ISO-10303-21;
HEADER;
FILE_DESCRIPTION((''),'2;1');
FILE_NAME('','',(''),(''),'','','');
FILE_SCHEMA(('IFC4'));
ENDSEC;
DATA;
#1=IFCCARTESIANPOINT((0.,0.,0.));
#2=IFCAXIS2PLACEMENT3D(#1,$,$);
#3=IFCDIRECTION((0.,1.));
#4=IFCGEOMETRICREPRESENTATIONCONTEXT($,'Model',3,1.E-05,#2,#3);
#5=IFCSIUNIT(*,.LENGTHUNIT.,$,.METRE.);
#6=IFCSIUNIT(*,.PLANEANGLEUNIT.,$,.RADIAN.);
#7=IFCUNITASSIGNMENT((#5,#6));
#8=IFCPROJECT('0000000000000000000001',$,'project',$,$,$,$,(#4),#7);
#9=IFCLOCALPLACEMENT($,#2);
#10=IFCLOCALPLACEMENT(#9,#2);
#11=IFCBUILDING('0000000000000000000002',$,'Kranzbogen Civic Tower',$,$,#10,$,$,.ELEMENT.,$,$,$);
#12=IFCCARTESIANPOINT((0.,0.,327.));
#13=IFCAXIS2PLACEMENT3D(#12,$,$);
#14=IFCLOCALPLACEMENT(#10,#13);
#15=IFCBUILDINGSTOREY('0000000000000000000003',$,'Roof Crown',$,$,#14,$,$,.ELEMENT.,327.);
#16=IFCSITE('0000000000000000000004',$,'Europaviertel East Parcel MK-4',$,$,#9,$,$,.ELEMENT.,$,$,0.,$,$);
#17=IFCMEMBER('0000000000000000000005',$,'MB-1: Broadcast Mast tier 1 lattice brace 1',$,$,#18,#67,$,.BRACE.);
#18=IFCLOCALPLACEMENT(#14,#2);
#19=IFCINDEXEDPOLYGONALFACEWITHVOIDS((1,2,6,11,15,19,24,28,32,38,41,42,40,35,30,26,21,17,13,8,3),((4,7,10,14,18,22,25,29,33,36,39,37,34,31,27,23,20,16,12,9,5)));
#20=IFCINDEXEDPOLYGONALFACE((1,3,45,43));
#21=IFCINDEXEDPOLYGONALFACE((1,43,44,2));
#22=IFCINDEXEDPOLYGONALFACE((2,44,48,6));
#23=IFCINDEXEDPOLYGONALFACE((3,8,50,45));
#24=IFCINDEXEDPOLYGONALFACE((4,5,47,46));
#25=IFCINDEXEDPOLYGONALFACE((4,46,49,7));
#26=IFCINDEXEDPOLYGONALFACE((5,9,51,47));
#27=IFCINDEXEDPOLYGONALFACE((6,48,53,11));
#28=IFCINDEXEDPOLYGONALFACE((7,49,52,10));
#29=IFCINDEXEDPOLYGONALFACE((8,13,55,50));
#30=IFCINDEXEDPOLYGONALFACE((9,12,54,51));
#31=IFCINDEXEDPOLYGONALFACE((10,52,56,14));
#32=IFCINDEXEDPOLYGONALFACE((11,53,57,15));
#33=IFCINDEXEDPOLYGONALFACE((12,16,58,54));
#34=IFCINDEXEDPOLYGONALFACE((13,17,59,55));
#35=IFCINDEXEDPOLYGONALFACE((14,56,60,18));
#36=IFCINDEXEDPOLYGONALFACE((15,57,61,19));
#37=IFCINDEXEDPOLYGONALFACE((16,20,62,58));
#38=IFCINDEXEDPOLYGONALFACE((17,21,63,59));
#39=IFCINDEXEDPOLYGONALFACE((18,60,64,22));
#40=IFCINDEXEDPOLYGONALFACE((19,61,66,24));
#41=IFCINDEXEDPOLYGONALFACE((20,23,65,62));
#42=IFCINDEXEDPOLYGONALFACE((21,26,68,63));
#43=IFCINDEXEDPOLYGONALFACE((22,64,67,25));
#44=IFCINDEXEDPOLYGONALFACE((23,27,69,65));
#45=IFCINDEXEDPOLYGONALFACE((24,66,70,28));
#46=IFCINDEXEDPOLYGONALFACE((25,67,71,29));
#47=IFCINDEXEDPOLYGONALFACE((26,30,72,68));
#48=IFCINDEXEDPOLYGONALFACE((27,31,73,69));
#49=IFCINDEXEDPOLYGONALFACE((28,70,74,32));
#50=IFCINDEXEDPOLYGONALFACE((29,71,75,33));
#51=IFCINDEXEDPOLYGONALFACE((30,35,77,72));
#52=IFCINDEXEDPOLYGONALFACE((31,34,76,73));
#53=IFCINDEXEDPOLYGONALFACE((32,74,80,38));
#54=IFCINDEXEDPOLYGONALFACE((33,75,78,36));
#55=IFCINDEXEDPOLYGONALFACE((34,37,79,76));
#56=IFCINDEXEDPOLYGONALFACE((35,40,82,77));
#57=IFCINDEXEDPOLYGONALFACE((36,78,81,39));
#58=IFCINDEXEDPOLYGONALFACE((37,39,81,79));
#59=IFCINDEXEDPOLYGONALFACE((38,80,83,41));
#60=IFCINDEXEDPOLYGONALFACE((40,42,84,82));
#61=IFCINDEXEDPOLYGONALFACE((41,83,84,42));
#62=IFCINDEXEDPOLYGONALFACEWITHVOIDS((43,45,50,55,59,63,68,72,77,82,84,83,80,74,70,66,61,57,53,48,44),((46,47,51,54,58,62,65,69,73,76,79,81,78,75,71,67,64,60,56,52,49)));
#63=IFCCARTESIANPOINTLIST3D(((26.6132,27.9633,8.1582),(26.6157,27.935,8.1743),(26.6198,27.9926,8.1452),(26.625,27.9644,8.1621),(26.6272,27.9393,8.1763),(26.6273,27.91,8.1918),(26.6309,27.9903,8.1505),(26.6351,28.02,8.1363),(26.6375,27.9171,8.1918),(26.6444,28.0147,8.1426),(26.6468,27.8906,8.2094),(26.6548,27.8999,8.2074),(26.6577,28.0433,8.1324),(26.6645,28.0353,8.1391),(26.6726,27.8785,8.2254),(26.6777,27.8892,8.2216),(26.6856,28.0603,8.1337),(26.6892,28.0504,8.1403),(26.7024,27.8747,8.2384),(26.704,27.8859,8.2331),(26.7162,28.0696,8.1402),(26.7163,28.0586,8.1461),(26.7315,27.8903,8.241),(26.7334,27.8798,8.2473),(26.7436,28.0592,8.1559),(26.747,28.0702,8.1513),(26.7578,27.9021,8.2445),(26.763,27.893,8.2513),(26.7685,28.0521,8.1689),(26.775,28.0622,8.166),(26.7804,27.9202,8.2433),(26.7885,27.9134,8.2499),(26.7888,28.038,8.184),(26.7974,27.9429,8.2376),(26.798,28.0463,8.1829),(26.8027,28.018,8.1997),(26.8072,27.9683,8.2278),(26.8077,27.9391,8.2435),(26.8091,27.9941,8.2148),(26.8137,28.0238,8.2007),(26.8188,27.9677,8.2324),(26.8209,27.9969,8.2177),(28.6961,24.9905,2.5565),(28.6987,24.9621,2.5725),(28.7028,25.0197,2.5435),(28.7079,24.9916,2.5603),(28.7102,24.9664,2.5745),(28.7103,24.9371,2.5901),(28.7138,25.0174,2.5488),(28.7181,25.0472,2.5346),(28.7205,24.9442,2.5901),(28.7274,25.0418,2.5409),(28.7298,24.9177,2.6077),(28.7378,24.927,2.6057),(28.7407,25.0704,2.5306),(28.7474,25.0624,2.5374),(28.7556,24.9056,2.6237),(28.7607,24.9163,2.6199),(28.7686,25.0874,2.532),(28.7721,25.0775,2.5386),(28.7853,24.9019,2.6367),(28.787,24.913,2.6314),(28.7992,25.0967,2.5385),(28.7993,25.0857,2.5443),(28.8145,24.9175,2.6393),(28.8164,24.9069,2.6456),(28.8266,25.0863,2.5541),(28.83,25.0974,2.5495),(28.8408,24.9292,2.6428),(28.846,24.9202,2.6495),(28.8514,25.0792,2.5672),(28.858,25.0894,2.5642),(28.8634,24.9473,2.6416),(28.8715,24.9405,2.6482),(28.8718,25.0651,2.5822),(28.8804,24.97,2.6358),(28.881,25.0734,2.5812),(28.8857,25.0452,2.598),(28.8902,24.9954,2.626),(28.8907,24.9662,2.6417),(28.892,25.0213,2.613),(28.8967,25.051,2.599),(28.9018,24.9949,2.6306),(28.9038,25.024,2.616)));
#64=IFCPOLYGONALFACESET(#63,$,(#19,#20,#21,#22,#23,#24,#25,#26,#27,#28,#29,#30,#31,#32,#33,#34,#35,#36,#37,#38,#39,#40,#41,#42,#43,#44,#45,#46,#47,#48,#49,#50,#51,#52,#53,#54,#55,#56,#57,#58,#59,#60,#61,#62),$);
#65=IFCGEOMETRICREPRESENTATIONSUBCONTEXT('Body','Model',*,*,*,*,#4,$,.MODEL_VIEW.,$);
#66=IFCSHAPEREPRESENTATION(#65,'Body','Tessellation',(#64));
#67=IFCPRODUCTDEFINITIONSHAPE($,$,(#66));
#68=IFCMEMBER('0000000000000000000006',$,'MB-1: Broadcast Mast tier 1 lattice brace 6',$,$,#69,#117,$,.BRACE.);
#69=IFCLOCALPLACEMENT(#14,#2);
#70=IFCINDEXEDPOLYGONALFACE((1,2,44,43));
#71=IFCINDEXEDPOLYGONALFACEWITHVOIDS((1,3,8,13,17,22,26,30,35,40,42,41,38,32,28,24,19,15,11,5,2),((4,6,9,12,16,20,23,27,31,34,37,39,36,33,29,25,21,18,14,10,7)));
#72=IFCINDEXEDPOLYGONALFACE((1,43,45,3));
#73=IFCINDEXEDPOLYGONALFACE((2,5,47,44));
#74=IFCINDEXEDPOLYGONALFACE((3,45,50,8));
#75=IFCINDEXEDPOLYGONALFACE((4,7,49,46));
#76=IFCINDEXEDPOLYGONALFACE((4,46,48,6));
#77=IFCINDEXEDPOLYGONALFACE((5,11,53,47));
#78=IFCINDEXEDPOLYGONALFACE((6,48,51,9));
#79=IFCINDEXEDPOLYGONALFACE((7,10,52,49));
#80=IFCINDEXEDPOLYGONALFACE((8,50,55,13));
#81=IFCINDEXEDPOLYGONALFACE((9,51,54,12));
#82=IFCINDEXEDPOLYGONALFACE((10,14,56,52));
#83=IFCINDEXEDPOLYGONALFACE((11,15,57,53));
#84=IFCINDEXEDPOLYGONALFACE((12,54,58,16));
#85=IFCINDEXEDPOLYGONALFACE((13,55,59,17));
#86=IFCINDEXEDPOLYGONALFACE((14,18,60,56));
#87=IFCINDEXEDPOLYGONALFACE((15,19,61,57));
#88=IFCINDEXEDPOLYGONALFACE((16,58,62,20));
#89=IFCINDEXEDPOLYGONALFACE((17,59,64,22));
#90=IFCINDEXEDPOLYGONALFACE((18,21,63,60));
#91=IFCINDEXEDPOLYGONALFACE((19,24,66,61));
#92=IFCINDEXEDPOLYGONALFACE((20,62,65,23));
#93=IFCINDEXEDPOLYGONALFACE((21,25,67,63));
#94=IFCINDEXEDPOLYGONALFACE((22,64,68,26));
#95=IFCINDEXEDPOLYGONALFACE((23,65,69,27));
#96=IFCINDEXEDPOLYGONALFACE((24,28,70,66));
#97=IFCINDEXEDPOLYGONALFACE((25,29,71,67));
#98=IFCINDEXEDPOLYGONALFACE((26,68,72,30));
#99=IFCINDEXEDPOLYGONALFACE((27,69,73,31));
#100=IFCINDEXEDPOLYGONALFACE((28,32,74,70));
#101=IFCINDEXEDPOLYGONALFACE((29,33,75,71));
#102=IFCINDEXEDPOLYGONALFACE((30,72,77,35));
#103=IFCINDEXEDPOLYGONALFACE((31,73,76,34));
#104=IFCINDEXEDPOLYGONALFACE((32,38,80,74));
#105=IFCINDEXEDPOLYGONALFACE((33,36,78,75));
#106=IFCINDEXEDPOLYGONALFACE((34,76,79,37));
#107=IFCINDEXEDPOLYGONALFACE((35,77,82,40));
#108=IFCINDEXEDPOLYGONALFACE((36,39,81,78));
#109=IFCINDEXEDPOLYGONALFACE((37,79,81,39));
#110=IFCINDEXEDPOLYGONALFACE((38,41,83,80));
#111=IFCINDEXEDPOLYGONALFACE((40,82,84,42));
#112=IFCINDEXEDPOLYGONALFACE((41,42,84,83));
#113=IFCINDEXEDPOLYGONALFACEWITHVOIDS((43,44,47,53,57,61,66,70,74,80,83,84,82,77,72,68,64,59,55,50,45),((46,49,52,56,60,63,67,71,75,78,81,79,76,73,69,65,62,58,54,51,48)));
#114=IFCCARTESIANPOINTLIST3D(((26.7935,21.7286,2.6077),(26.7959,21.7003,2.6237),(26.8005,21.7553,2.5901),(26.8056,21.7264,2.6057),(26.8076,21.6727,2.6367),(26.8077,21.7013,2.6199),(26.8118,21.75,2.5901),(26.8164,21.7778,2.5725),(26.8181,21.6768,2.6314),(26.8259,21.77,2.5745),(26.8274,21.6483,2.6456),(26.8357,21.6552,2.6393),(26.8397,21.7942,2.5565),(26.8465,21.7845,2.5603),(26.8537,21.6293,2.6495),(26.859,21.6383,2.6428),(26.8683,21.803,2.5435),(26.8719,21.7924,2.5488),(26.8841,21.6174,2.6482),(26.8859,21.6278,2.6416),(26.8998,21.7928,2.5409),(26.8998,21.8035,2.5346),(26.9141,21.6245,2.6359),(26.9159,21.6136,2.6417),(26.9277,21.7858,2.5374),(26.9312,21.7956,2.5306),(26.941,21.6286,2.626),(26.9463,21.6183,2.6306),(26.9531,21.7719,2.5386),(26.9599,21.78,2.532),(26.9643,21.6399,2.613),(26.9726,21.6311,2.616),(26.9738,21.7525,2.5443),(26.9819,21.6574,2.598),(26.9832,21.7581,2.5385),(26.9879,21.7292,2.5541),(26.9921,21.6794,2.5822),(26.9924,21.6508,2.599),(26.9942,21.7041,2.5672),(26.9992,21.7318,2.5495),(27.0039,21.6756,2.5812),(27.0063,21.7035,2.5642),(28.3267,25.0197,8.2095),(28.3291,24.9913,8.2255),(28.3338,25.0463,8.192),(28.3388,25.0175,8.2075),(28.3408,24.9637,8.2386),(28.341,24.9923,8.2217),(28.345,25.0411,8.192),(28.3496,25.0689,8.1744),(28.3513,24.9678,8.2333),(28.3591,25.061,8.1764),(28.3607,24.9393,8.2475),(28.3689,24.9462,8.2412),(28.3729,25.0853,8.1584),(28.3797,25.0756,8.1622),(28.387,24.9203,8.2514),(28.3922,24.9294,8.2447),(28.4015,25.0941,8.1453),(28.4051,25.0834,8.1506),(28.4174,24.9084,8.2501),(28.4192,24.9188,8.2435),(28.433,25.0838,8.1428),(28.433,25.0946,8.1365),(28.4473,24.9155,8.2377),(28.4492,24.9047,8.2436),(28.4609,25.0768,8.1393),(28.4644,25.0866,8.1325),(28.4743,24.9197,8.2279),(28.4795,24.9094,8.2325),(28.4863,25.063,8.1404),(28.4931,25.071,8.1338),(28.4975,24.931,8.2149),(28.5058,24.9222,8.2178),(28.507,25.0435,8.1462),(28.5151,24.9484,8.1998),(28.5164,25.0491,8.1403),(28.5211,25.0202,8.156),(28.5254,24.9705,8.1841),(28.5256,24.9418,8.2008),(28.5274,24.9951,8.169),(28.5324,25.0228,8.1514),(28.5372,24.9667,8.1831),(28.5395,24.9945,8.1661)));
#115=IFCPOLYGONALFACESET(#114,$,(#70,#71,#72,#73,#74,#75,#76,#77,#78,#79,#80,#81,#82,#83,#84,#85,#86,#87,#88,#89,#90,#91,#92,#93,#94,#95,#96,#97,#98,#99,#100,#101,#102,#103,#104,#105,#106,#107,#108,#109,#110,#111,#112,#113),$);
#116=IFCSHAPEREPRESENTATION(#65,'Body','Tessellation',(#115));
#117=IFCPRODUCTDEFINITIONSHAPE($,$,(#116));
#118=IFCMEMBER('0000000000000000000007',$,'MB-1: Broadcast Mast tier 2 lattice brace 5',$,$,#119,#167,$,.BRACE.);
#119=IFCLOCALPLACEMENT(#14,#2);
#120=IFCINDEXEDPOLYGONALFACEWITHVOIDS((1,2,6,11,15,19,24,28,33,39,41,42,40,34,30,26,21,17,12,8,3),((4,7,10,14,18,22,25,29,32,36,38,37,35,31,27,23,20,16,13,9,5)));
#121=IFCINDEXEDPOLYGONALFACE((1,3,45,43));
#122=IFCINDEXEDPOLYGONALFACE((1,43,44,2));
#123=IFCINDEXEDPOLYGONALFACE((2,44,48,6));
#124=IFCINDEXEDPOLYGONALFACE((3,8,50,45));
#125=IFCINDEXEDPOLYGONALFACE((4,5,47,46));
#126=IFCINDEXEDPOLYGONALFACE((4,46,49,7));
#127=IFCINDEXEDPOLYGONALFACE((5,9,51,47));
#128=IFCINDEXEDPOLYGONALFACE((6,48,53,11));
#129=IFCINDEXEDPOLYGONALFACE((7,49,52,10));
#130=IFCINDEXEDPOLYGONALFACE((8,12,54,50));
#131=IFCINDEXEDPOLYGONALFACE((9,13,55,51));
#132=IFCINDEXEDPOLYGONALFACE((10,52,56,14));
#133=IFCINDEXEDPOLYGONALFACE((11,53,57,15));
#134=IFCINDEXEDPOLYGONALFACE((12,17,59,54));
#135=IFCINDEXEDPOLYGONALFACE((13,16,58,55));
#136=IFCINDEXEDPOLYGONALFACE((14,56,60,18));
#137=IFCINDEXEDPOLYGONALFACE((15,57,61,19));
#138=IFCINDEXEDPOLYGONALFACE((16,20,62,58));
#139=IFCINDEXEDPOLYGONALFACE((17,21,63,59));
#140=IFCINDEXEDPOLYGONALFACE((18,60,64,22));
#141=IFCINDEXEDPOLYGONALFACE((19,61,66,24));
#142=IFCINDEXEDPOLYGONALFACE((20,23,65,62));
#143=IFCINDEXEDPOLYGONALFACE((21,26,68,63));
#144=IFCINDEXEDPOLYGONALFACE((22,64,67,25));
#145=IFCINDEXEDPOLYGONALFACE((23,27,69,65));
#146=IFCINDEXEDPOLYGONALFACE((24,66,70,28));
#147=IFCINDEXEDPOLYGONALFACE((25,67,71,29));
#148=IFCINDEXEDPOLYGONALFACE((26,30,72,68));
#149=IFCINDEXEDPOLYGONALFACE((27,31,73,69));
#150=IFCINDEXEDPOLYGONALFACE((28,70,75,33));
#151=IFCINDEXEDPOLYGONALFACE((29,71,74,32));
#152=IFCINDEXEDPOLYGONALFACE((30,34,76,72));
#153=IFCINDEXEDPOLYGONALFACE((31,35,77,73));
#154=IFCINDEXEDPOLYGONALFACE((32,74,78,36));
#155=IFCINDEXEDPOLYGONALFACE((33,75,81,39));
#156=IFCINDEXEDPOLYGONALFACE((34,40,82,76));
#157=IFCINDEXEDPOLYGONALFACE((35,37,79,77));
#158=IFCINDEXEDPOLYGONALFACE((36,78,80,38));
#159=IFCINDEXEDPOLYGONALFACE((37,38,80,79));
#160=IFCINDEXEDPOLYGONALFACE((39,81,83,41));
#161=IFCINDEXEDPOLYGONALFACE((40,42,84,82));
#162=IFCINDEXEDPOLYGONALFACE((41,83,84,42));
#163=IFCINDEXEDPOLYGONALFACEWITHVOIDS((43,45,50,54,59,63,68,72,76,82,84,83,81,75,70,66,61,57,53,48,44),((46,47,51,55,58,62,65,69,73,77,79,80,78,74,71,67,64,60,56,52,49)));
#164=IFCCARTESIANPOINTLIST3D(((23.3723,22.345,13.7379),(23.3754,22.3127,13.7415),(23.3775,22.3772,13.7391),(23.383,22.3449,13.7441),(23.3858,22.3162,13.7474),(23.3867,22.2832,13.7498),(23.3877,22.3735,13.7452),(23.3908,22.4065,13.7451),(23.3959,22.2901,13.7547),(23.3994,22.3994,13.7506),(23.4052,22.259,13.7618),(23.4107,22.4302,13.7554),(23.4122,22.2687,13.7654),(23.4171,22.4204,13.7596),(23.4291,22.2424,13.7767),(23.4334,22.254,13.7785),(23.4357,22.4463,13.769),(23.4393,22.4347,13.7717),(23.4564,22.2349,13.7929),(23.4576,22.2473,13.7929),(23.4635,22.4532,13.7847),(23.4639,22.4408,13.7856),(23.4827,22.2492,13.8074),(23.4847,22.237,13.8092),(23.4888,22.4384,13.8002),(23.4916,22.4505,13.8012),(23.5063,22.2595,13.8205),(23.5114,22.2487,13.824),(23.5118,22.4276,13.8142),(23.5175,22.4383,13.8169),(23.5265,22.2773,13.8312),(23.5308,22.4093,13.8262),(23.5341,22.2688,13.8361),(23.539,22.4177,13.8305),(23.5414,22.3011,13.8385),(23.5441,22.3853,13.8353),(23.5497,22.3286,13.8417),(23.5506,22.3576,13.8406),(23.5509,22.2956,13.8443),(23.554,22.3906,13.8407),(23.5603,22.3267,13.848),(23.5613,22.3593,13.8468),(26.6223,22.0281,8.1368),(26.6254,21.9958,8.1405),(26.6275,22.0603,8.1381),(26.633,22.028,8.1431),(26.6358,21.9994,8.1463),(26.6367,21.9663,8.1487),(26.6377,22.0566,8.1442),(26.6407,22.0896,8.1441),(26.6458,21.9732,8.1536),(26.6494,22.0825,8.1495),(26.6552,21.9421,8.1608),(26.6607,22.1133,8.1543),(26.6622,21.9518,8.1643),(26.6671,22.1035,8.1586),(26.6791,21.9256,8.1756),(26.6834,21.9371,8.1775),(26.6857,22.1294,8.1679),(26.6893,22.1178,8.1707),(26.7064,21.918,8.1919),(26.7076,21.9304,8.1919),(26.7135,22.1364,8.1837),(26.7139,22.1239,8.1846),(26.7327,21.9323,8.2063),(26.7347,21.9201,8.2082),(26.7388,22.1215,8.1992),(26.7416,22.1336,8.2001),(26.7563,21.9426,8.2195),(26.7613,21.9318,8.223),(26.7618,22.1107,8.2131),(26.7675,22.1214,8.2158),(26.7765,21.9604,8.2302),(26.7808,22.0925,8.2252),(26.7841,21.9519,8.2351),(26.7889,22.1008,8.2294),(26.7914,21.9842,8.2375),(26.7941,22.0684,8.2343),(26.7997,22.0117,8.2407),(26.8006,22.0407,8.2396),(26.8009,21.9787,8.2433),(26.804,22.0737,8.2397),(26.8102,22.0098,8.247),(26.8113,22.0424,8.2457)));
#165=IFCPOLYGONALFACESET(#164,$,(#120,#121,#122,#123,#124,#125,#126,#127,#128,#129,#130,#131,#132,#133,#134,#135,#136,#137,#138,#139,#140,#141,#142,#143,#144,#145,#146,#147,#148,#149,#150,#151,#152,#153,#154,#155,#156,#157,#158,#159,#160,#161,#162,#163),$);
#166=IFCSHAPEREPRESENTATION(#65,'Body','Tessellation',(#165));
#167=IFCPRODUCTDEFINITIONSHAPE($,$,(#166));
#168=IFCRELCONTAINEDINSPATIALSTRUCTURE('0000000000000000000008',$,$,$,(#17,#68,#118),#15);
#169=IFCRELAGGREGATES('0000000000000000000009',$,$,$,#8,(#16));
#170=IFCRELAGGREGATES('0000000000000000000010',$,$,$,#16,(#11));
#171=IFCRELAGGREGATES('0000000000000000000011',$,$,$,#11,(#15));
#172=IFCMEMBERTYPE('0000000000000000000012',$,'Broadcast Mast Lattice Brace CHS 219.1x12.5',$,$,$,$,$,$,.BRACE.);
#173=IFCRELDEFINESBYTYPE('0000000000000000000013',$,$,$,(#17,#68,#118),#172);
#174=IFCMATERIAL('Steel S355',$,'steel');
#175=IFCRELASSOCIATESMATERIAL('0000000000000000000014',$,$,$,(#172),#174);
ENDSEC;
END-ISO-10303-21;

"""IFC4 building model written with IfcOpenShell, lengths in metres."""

from ifc_helpers import new_model, si_unit, direction, frame, origin, origin_2d, place, context, subcontext, project, spatial, hollow_circle, extrude, material, material_profile, profile_set, type_object, element, save


model = new_model("IFC4")

# Units and contexts
model_context = context("Model", 3, precision=1e-05, world=origin(), true_north=direction((0.0, 1.0)))
body_context = subcontext(model_context, "Body", "Model", "MODEL_VIEW")
ifc_project = project(units=[si_unit("LENGTHUNIT", "METRE"), si_unit("PLANEANGLEUNIT", "RADIAN")], contexts=[model_context])

# Site, building, storey
site_placement = place(None, origin())
site = spatial("IfcSite", under=ifc_project, at=site_placement, Name="Europaviertel East Parcel MK-4", CompositionType="ELEMENT", RefElevation=0.0)
building_placement = place(site_placement, origin())
building = spatial("IfcBuilding", under=site, at=building_placement, Name="Kranzbogen Civic Tower", CompositionType="ELEMENT")
storey_placement = place(building_placement, frame((0.0, 0.0, 327.0)))
storey = spatial("IfcBuildingStorey", under=building, at=storey_placement, Name="Roof Crown", CompositionType="ELEMENT", Elevation=327.0)

# Shared definitions
ifc_material_1 = material(Name="Steel S355", Category="steel")

# Members
ifc_material_profile_1 = material_profile(ifc_material_1, hollow_circle(Radius=0.1096, WallThickness=0.0125, at=origin_2d()), Name="CHS 219.1x12.5")
ifc_profile_set_1 = profile_set([ifc_material_profile_1], Name="Steel S355")
member_type_1 = type_object("IfcMemberType", Name="Broadcast Mast Lattice Brace CHS 219.1x12.5", PredefinedType="BRACE", material=ifc_profile_set_1)
member_1_placement = place(storey_placement, frame((28.8, 25.0, 2.5901), z_axis=(-0.312055, 0.44537, 0.839206), x_axis=(-0.818976, -0.573828, 0.0)))
element("IfcMember", 1, at=member_1_placement, inside=storey, type_object=member_type_1, Name="MB-1: Broadcast Mast tier 1 lattice brace 1", PredefinedType="BRACE", context=body_context, shape_type="SweptSolid", body=[
    extrude(hollow_circle(Radius=0.1096, WallThickness=0.0125, at=origin_2d()), origin(), (0.0, 0.0, 1.0), 6.675),
])
member_2_placement = place(storey_placement, frame((26.8999, 21.709, 2.5901), z_axis=(0.229678, 0.493002, 0.839164), x_axis=(-0.906458, 0.422296, 0.0)))
element("IfcMember", 2, at=member_2_placement, inside=storey, type_object=member_type_1, Name="MB-1: Broadcast Mast tier 1 lattice brace 6", PredefinedType="BRACE", context=body_context, shape_type="SweptSolid", body=[
    extrude(hollow_circle(Radius=0.1096, WallThickness=0.0125, at=origin_2d()), origin(), (0.0, 0.0, 1.0), 6.6755),
])
member_3_placement = place(storey_placement, frame((26.717, 22.0271, 8.1919), z_axis=(-0.501277, 0.048878, 0.863905), x_axis=(-0.097046, -0.99528, 0.0)))
element("IfcMember", 3, at=member_3_placement, inside=storey, type_object=member_type_1, Name="MB-1: Broadcast Mast tier 2 lattice brace 5", PredefinedType="BRACE", context=body_context, shape_type="SweptSolid", body=[
    extrude(hollow_circle(Radius=0.1096, WallThickness=0.0125, at=origin_2d()), origin(), (0.0, 0.0, 1.0), 6.4834),
])

save(model, "model.ifc")
